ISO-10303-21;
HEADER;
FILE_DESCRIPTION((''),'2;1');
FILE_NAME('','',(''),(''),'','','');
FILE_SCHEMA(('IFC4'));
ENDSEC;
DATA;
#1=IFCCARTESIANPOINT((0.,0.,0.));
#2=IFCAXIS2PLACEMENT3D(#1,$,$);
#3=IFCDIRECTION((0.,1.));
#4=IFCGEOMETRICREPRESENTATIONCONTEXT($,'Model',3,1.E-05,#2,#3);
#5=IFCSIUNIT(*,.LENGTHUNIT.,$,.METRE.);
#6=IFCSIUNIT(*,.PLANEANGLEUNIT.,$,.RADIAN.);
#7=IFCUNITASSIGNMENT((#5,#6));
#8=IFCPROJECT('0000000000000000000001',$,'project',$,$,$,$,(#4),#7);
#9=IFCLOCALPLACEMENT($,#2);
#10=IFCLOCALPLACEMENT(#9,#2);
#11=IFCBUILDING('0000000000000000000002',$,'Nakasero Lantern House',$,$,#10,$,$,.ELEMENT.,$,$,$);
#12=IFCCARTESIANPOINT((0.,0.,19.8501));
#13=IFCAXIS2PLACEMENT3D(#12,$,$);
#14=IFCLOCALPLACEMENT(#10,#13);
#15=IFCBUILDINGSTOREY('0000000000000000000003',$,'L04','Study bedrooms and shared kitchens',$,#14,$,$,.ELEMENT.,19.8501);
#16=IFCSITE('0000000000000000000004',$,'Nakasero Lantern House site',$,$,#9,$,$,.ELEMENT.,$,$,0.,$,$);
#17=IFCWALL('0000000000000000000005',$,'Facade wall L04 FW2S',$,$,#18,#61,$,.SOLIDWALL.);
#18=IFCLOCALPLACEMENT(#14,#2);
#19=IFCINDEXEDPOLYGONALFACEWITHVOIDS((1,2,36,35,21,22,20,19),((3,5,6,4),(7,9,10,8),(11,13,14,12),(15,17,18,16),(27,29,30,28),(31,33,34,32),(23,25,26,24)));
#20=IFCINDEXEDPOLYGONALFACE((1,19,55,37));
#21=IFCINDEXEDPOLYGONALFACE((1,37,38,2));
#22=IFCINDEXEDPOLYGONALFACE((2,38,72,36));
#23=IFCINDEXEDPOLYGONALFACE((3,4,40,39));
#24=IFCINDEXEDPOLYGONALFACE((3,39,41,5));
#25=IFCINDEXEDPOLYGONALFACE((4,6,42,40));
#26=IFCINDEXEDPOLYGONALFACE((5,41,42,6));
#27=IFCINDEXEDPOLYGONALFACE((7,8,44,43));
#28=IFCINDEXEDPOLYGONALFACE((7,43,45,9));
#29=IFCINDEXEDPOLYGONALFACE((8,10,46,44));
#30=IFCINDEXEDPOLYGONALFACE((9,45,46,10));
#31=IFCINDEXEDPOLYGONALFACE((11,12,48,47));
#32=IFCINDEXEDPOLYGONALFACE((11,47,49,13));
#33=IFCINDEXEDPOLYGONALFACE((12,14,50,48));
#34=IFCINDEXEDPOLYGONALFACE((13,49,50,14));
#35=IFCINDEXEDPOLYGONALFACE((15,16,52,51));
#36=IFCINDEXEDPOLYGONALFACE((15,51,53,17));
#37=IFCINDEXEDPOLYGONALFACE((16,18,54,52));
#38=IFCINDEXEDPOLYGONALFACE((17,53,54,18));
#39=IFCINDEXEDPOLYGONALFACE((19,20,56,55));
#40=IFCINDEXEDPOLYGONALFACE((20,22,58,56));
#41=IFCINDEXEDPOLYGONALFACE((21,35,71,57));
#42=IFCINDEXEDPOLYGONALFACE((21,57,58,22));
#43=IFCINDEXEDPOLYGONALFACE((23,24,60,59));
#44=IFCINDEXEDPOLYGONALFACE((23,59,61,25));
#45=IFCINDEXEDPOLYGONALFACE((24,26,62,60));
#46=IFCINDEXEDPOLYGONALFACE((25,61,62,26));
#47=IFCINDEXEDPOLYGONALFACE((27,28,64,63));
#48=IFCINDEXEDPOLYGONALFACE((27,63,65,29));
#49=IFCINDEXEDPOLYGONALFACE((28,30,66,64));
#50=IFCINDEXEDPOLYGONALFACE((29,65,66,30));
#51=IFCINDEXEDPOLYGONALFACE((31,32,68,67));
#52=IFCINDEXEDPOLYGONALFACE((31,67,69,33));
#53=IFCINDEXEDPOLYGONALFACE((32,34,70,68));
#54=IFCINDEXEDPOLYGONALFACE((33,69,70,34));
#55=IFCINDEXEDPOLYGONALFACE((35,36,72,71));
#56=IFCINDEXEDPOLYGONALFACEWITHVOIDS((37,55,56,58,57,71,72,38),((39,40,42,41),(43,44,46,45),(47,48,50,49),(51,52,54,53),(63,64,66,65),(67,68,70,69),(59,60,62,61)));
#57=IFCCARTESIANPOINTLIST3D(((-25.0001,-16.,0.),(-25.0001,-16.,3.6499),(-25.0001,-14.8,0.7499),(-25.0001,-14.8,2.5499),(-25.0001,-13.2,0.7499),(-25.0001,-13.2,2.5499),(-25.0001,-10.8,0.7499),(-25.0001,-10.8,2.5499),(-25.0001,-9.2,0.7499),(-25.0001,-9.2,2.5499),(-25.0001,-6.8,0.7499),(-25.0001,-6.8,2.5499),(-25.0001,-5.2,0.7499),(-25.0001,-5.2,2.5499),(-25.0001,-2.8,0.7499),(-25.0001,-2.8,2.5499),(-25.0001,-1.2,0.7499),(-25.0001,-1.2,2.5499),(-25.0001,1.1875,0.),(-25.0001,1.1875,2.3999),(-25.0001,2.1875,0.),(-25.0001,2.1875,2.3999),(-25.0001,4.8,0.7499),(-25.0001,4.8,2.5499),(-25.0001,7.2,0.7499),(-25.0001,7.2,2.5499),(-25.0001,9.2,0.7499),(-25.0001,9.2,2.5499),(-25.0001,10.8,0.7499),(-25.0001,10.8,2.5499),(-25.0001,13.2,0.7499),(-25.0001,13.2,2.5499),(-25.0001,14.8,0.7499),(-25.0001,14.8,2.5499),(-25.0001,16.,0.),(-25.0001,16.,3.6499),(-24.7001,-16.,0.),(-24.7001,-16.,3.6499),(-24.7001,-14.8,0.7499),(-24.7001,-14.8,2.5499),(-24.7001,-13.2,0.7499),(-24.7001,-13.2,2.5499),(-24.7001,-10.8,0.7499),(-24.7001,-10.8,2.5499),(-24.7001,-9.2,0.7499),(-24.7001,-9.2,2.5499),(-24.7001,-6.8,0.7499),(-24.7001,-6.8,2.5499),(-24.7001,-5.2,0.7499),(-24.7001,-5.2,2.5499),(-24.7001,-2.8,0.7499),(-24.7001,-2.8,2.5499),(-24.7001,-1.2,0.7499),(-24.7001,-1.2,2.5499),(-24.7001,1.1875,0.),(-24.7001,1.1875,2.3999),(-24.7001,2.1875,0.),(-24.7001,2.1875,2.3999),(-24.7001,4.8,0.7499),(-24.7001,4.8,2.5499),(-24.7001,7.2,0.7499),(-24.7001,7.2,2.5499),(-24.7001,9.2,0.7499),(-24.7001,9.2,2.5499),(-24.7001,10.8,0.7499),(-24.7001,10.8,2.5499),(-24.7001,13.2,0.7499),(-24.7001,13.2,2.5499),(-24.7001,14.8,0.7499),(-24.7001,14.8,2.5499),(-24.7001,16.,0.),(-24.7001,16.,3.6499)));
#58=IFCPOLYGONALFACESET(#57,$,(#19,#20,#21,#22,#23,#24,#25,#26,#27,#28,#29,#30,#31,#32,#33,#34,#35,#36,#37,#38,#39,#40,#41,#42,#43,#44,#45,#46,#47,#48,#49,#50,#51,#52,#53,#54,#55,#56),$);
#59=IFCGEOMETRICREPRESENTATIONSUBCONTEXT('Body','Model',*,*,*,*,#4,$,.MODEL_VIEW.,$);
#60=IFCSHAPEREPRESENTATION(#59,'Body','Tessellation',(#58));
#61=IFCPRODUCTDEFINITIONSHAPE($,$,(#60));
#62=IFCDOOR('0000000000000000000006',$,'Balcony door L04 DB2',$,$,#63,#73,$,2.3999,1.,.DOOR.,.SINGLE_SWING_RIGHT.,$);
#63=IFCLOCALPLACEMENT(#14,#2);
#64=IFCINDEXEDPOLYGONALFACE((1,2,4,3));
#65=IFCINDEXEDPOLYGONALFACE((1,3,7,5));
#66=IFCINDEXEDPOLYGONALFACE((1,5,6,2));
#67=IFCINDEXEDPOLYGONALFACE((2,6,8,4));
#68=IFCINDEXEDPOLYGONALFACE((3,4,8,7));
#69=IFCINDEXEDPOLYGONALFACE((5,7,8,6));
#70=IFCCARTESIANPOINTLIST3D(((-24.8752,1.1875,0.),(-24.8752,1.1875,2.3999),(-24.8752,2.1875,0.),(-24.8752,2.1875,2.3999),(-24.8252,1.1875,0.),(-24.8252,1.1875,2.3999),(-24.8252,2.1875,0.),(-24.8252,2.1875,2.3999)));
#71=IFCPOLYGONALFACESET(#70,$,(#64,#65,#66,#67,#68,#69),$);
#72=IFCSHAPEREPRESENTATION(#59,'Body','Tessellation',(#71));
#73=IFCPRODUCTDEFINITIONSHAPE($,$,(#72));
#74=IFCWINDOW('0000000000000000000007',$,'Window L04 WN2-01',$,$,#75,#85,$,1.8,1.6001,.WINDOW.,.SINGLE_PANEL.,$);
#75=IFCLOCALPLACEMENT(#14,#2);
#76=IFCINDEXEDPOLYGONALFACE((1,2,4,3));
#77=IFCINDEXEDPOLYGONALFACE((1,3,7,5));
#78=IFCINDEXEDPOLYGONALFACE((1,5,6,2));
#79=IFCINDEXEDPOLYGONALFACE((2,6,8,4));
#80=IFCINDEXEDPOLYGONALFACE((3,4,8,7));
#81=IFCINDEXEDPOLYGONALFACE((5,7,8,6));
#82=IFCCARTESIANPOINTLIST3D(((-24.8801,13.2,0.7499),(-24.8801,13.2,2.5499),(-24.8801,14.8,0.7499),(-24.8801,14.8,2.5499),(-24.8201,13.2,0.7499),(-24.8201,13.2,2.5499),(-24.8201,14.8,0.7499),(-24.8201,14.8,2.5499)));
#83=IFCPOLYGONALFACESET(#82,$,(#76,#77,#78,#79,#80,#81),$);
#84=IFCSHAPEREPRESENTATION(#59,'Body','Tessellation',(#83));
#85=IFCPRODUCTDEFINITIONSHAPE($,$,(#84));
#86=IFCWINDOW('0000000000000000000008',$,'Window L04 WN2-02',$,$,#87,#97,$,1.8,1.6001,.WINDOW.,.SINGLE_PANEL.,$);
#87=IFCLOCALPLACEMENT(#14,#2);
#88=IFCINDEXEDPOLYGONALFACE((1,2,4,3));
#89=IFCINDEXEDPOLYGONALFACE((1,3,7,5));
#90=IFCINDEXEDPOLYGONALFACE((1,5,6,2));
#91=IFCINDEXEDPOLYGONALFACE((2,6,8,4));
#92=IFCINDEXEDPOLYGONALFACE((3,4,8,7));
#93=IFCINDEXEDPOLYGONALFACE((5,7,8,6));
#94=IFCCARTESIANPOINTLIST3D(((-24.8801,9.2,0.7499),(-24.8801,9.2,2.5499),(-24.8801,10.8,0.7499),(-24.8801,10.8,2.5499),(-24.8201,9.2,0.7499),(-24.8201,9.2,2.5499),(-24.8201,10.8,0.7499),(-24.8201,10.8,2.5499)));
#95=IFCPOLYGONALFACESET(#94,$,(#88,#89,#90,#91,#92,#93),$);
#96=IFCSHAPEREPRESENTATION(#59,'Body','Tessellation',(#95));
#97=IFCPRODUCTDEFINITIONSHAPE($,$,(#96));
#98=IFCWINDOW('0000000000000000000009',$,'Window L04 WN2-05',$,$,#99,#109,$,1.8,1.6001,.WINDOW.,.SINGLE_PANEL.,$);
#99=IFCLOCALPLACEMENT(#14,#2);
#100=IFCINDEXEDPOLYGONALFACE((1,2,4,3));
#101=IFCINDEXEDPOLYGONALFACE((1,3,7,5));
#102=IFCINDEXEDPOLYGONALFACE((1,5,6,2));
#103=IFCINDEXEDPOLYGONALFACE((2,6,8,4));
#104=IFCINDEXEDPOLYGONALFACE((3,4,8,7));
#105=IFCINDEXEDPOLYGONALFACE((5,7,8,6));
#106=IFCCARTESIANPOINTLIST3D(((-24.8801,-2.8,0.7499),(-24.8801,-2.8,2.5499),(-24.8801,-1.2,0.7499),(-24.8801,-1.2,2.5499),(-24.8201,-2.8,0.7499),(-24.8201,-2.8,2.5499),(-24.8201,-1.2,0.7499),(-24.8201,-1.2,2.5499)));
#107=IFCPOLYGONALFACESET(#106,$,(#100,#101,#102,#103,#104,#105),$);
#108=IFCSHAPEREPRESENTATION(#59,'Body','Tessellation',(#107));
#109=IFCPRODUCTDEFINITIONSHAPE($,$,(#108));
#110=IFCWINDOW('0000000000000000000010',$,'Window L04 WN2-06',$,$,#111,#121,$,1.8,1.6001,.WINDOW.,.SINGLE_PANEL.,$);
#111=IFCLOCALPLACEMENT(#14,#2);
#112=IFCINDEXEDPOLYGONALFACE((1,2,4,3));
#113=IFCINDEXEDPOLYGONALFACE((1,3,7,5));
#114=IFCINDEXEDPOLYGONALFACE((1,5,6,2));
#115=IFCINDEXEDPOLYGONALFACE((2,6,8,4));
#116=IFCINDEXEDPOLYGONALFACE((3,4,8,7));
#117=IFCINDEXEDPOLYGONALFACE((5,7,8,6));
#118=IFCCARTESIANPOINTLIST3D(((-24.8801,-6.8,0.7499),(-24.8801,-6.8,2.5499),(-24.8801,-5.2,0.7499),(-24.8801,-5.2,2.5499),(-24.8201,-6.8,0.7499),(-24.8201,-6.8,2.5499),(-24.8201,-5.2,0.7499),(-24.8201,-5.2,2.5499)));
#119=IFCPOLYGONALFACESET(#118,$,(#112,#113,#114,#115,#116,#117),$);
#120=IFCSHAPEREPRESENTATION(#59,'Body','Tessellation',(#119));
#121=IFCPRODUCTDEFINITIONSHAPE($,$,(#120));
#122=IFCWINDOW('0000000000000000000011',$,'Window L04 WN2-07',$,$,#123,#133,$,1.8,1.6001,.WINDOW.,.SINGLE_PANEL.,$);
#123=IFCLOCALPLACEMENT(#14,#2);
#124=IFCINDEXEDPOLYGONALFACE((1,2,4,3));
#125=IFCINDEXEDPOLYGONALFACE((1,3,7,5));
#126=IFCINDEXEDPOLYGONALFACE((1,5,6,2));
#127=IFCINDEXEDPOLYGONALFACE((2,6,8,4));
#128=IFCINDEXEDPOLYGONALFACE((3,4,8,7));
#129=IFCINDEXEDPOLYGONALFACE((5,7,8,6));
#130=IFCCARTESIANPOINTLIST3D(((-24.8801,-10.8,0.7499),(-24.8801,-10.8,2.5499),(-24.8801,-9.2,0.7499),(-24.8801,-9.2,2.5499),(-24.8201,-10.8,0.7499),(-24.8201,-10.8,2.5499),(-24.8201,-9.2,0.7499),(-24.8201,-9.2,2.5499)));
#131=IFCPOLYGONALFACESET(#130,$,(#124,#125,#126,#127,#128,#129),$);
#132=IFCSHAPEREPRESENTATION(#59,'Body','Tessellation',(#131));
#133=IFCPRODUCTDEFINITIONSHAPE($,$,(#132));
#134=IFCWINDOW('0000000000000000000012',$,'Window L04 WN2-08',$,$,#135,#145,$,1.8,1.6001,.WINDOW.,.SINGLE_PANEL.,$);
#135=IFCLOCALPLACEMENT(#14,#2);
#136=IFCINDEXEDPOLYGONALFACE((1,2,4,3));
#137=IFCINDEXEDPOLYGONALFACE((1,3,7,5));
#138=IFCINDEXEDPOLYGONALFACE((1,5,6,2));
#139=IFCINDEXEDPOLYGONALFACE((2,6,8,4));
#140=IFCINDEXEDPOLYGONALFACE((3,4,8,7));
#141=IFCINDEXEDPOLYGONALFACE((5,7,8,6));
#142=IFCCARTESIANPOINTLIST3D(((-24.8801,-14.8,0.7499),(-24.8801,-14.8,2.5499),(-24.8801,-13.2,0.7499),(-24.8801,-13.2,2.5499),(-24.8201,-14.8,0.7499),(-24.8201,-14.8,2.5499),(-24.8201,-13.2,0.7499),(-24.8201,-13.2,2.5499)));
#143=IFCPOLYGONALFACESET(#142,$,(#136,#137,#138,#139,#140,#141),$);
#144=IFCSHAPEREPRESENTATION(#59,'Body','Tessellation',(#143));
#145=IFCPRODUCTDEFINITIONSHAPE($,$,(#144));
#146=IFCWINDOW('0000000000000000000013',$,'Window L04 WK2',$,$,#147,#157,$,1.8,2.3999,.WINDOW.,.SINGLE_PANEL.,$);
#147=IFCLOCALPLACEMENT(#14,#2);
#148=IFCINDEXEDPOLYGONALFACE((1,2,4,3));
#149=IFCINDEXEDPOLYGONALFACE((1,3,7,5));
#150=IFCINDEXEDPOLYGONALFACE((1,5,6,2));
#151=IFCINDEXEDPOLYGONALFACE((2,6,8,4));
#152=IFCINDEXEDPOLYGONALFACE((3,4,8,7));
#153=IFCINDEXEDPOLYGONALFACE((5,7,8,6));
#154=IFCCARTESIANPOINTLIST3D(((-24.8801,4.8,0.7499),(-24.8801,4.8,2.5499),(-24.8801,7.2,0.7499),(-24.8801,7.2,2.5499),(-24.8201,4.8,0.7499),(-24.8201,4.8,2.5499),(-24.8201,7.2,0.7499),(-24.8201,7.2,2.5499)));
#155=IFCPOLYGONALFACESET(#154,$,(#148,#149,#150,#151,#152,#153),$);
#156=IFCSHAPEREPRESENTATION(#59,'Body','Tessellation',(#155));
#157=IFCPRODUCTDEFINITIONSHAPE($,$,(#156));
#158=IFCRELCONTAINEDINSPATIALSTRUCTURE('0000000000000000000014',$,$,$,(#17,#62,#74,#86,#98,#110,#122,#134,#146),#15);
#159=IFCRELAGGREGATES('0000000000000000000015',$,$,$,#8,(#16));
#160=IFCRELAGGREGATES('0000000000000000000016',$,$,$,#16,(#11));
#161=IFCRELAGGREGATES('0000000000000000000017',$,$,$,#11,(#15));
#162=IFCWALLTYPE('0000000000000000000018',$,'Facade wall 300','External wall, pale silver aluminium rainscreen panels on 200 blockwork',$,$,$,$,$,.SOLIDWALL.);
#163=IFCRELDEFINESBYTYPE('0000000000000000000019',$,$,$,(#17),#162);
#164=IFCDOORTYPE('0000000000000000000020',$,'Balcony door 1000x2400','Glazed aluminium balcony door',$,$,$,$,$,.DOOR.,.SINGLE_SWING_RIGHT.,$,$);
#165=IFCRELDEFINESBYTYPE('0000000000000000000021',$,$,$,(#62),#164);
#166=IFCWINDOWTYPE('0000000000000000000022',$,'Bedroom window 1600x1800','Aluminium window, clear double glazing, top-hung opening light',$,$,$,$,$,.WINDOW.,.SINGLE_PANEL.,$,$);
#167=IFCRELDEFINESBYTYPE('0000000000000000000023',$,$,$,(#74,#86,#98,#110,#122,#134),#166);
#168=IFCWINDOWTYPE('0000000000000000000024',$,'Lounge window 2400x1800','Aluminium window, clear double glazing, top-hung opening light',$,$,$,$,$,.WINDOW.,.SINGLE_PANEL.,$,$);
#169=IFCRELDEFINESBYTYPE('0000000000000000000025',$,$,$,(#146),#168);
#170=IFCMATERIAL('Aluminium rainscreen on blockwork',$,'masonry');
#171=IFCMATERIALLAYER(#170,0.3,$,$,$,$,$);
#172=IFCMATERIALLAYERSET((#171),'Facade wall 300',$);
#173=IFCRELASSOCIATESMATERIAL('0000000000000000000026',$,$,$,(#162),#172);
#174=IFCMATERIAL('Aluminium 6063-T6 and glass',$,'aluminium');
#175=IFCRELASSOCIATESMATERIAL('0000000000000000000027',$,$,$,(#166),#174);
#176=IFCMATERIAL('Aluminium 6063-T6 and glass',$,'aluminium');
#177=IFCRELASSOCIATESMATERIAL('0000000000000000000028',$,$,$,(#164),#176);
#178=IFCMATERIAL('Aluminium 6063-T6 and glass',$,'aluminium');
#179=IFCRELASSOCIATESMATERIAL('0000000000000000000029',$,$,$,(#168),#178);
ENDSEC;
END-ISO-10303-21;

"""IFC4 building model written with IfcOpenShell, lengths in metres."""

from ifc_helpers import new_model, si_unit, direction, frame, frame_2d, origin, place, context, subcontext, project, spatial, rectangle, extrude, material, layer, layer_set, type_object, element, fill, save


model = new_model("IFC4")

# Units and contexts
model_context = context("Model", 3, precision=1e-05, world=origin(), true_north=direction((0.0, 1.0)))
body_context = subcontext(model_context, "Body", "Model", "MODEL_VIEW")
ifc_project = project(units=[si_unit("LENGTHUNIT", "METRE"), si_unit("PLANEANGLEUNIT", "RADIAN")], contexts=[model_context])

# Site, building, storey
site_placement = place(None, origin())
site = spatial("IfcSite", under=ifc_project, at=site_placement, Name="Nakasero Lantern House site", CompositionType="ELEMENT", RefElevation=0.0)
building_placement = place(site_placement, origin())
building = spatial("IfcBuilding", under=site, at=building_placement, Name="Nakasero Lantern House", CompositionType="ELEMENT")
storey_placement = place(building_placement, frame((0.0, 0.0, 19.8501)))
storey = spatial("IfcBuildingStorey", under=building, at=storey_placement, Name="L04", Description="Study bedrooms and shared kitchens", CompositionType="ELEMENT", Elevation=19.8501)

# Shared definitions
ifc_material_1 = material(Name="Aluminium rainscreen on blockwork", Category="masonry")
ifc_layer_1 = layer(ifc_material_1, 0.3)
ifc_layer_set_1 = layer_set([ifc_layer_1], Name="Facade wall 300")
wall_type_1 = type_object("IfcWallType", Name="Facade wall 300", Description="External wall, pale silver aluminium rainscreen panels on 200 blockwork", PredefinedType="SOLIDWALL", material=ifc_layer_set_1)
ifc_material_2 = material(Name="Aluminium 6063-T6 and glass", Category="aluminium")
window_type_1 = type_object("IfcWindowType", Name="Bedroom window 1600x1800", Description="Aluminium window, clear double glazing, top-hung opening light", PartitioningType="SINGLE_PANEL", PredefinedType="WINDOW", material=ifc_material_2)

# Wall, openings, door, windows
wall_1_placement = place(storey_placement, frame((-24.8501, 16.0, 0.0), z_axis=(0.0, 0.0, 1.0), x_axis=(0.0, -1.0, 0.0)))
wall_1 = element("IfcWall", 1, at=wall_1_placement, inside=storey, type_object=wall_type_1, Name="Facade wall L04 FW2S", PredefinedType="SOLIDWALL", context=body_context, shape_type="SweptSolid", body=[
    extrude(rectangle(XDim=32.0, YDim=0.3, at=frame_2d((16.0, 0.0))), origin(), (0.0, 0.0, 1.0), 3.6499),
])
opening_1_placement = place(wall_1_placement, frame((1.2, 0.0, 0.75)))
opening_1 = element("IfcOpeningElement", 2, at=opening_1_placement, cuts=wall_1, PredefinedType="OPENING", context=body_context, shape_type="SweptSolid", body=[
    extrude(rectangle(XDim=1.6001, YDim=1.8, at=frame_2d((0.8, 0.8999))), frame((0.0, 0.1699, 0.0), z_axis=(0.0, -1.0, 0.0), x_axis=(1.0, 0.0, 0.0)), (0.0, 0.0, 1.0), 0.3401),
])
opening_2_placement = place(wall_1_placement, frame((5.2, 0.0, 0.75)))
opening_2 = element("IfcOpeningElement", 3, at=opening_2_placement, cuts=wall_1, PredefinedType="OPENING", context=body_context, shape_type="SweptSolid", body=[
    extrude(rectangle(XDim=1.6001, YDim=1.8, at=frame_2d((0.8, 0.8999))), frame((0.0, 0.1699, 0.0), z_axis=(0.0, -1.0, 0.0), x_axis=(1.0, 0.0, 0.0)), (0.0, 0.0, 1.0), 0.3401),
])
opening_3_placement = place(wall_1_placement, frame((17.2, 0.0, 0.75)))
opening_3 = element("IfcOpeningElement", 4, at=opening_3_placement, cuts=wall_1, PredefinedType="OPENING", context=body_context, shape_type="SweptSolid", body=[
    extrude(rectangle(XDim=1.6001, YDim=1.8, at=frame_2d((0.8, 0.8999))), frame((0.0, 0.1699, 0.0), z_axis=(0.0, -1.0, 0.0), x_axis=(1.0, 0.0, 0.0)), (0.0, 0.0, 1.0), 0.3401),
])
opening_4_placement = place(wall_1_placement, frame((21.2, 0.0, 0.75)))
opening_4 = element("IfcOpeningElement", 5, at=opening_4_placement, cuts=wall_1, PredefinedType="OPENING", context=body_context, shape_type="SweptSolid", body=[
    extrude(rectangle(XDim=1.6001, YDim=1.8, at=frame_2d((0.8, 0.8999))), frame((0.0, 0.1699, 0.0), z_axis=(0.0, -1.0, 0.0), x_axis=(1.0, 0.0, 0.0)), (0.0, 0.0, 1.0), 0.3401),
])
opening_5_placement = place(wall_1_placement, frame((25.2, 0.0, 0.75)))
opening_5 = element("IfcOpeningElement", 6, at=opening_5_placement, cuts=wall_1, PredefinedType="OPENING", context=body_context, shape_type="SweptSolid", body=[
    extrude(rectangle(XDim=1.6001, YDim=1.8, at=frame_2d((0.8, 0.8999))), frame((0.0, 0.1699, 0.0), z_axis=(0.0, -1.0, 0.0), x_axis=(1.0, 0.0, 0.0)), (0.0, 0.0, 1.0), 0.3401),
])
opening_6_placement = place(wall_1_placement, frame((29.2, 0.0, 0.75)))
opening_6 = element("IfcOpeningElement", 7, at=opening_6_placement, cuts=wall_1, PredefinedType="OPENING", context=body_context, shape_type="SweptSolid", body=[
    extrude(rectangle(XDim=1.6001, YDim=1.8, at=frame_2d((0.8, 0.8999))), frame((0.0, 0.1699, 0.0), z_axis=(0.0, -1.0, 0.0), x_axis=(1.0, 0.0, 0.0)), (0.0, 0.0, 1.0), 0.3401),
])
opening_7_placement = place(wall_1_placement, frame((8.8, 0.0, 0.75)))
opening_7 = element("IfcOpeningElement", 8, at=opening_7_placement, cuts=wall_1, PredefinedType="OPENING", context=body_context, shape_type="SweptSolid", body=[
    extrude(rectangle(XDim=2.3999, YDim=1.8, at=frame_2d((1.2, 0.8999))), frame((0.0, 0.1699, 0.0), z_axis=(0.0, -1.0, 0.0), x_axis=(1.0, 0.0, 0.0)), (0.0, 0.0, 1.0), 0.3401),
])
opening_8_placement = place(wall_1_placement, frame((13.8125, 0.0, 0.0)))
opening_8 = element("IfcOpeningElement", 9, at=opening_8_placement, cuts=wall_1, PredefinedType="OPENING", context=body_context, shape_type="SweptSolid", body=[
    extrude(rectangle(XDim=1.0, YDim=2.3999, at=frame_2d((0.5, 1.2))), frame((0.0, 0.1699, 0.0), z_axis=(0.0, -1.0, 0.0), x_axis=(1.0, 0.0, 0.0)), (0.0, 0.0, 1.0), 0.3401),
])
ifc_material_3 = material(Name="Aluminium 6063-T6 and glass", Category="aluminium")
door_type_1 = type_object("IfcDoorType", Name="Balcony door 1000x2400", Description="Glazed aluminium balcony door", OperationType="SINGLE_SWING_RIGHT", PredefinedType="DOOR", material=ifc_material_3)
door_1_placement = place(opening_8_placement, origin())
door_1 = element("IfcDoor", 10, at=door_1_placement, inside=storey, type_object=door_type_1, Name="Balcony door L04 DB2", OperationType="SINGLE_SWING_RIGHT", OverallHeight=2.3999, OverallWidth=1.0, PredefinedType="DOOR", context=body_context, shape_type="SweptSolid", body=[
    extrude(rectangle(XDim=1.0, YDim=2.3999, at=frame_2d((0.5, 1.2))), frame((0.0, 0.0249, 0.0), z_axis=(0.0, -1.0, 0.0), x_axis=(1.0, 0.0, 0.0)), (0.0, 0.0, 1.0), 0.05),
])
fill(opening_8, door_1)
window_1_placement = place(opening_1_placement, origin())
window_1 = element("IfcWindow", 11, at=window_1_placement, inside=storey, type_object=window_type_1, Name="Window L04 WN2-01", OverallHeight=1.8, OverallWidth=1.6001, PartitioningType="SINGLE_PANEL", PredefinedType="WINDOW", context=body_context, shape_type="SweptSolid", body=[
    extrude(rectangle(XDim=1.6001, YDim=1.8, at=frame_2d((0.8, 0.8999))), frame((0.0, 0.03, 0.0), z_axis=(0.0, -1.0, 0.0), x_axis=(1.0, 0.0, 0.0)), (0.0, 0.0, 1.0), 0.0601),
])
fill(opening_1, window_1)
window_2_placement = place(opening_2_placement, origin())
window_2 = element("IfcWindow", 12, at=window_2_placement, inside=storey, type_object=window_type_1, Name="Window L04 WN2-02", OverallHeight=1.8, OverallWidth=1.6001, PartitioningType="SINGLE_PANEL", PredefinedType="WINDOW", context=body_context, shape_type="SweptSolid", body=[
    extrude(rectangle(XDim=1.6001, YDim=1.8, at=frame_2d((0.8, 0.8999))), frame((0.0, 0.03, 0.0), z_axis=(0.0, -1.0, 0.0), x_axis=(1.0, 0.0, 0.0)), (0.0, 0.0, 1.0), 0.0601),
])
fill(opening_2, window_2)
window_3_placement = place(opening_3_placement, origin())
window_3 = element("IfcWindow", 13, at=window_3_placement, inside=storey, type_object=window_type_1, Name="Window L04 WN2-05", OverallHeight=1.8, OverallWidth=1.6001, PartitioningType="SINGLE_PANEL", PredefinedType="WINDOW", context=body_context, shape_type="SweptSolid", body=[
    extrude(rectangle(XDim=1.6001, YDim=1.8, at=frame_2d((0.8, 0.8999))), frame((0.0, 0.03, 0.0), z_axis=(0.0, -1.0, 0.0), x_axis=(1.0, 0.0, 0.0)), (0.0, 0.0, 1.0), 0.0601),
])
fill(opening_3, window_3)
window_4_placement = place(opening_4_placement, origin())
window_4 = element("IfcWindow", 14, at=window_4_placement, inside=storey, type_object=window_type_1, Name="Window L04 WN2-06", OverallHeight=1.8, OverallWidth=1.6001, PartitioningType="SINGLE_PANEL", PredefinedType="WINDOW", context=body_context, shape_type="SweptSolid", body=[
    extrude(rectangle(XDim=1.6001, YDim=1.8, at=frame_2d((0.8, 0.8999))), frame((0.0, 0.03, 0.0), z_axis=(0.0, -1.0, 0.0), x_axis=(1.0, 0.0, 0.0)), (0.0, 0.0, 1.0), 0.0601),
])
fill(opening_4, window_4)
window_5_placement = place(opening_5_placement, origin())
window_5 = element("IfcWindow", 15, at=window_5_placement, inside=storey, type_object=window_type_1, Name="Window L04 WN2-07", OverallHeight=1.8, OverallWidth=1.6001, PartitioningType="SINGLE_PANEL", PredefinedType="WINDOW", context=body_context, shape_type="SweptSolid", body=[
    extrude(rectangle(XDim=1.6001, YDim=1.8, at=frame_2d((0.8, 0.8999))), frame((0.0, 0.03, 0.0), z_axis=(0.0, -1.0, 0.0), x_axis=(1.0, 0.0, 0.0)), (0.0, 0.0, 1.0), 0.0601),
])
fill(opening_5, window_5)
window_6_placement = place(opening_6_placement, origin())
window_6 = element("IfcWindow", 16, at=window_6_placement, inside=storey, type_object=window_type_1, Name="Window L04 WN2-08", OverallHeight=1.8, OverallWidth=1.6001, PartitioningType="SINGLE_PANEL", PredefinedType="WINDOW", context=body_context, shape_type="SweptSolid", body=[
    extrude(rectangle(XDim=1.6001, YDim=1.8, at=frame_2d((0.8, 0.8999))), frame((0.0, 0.03, 0.0), z_axis=(0.0, -1.0, 0.0), x_axis=(1.0, 0.0, 0.0)), (0.0, 0.0, 1.0), 0.0601),
])
fill(opening_6, window_6)
ifc_material_4 = material(Name="Aluminium 6063-T6 and glass", Category="aluminium")
window_type_2 = type_object("IfcWindowType", Name="Lounge window 2400x1800", Description="Aluminium window, clear double glazing, top-hung opening light", PartitioningType="SINGLE_PANEL", PredefinedType="WINDOW", material=ifc_material_4)
window_7_placement = place(opening_7_placement, origin())
window_7 = element("IfcWindow", 17, at=window_7_placement, inside=storey, type_object=window_type_2, Name="Window L04 WK2", OverallHeight=1.8, OverallWidth=2.3999, PartitioningType="SINGLE_PANEL", PredefinedType="WINDOW", context=body_context, shape_type="SweptSolid", body=[
    extrude(rectangle(XDim=2.3999, YDim=1.8, at=frame_2d((1.2, 0.8999))), frame((0.0, 0.03, 0.0), z_axis=(0.0, -1.0, 0.0), x_axis=(1.0, 0.0, 0.0)), (0.0, 0.0, 1.0), 0.0601),
])
fill(opening_7, window_7)

save(model, "model.ifc")
